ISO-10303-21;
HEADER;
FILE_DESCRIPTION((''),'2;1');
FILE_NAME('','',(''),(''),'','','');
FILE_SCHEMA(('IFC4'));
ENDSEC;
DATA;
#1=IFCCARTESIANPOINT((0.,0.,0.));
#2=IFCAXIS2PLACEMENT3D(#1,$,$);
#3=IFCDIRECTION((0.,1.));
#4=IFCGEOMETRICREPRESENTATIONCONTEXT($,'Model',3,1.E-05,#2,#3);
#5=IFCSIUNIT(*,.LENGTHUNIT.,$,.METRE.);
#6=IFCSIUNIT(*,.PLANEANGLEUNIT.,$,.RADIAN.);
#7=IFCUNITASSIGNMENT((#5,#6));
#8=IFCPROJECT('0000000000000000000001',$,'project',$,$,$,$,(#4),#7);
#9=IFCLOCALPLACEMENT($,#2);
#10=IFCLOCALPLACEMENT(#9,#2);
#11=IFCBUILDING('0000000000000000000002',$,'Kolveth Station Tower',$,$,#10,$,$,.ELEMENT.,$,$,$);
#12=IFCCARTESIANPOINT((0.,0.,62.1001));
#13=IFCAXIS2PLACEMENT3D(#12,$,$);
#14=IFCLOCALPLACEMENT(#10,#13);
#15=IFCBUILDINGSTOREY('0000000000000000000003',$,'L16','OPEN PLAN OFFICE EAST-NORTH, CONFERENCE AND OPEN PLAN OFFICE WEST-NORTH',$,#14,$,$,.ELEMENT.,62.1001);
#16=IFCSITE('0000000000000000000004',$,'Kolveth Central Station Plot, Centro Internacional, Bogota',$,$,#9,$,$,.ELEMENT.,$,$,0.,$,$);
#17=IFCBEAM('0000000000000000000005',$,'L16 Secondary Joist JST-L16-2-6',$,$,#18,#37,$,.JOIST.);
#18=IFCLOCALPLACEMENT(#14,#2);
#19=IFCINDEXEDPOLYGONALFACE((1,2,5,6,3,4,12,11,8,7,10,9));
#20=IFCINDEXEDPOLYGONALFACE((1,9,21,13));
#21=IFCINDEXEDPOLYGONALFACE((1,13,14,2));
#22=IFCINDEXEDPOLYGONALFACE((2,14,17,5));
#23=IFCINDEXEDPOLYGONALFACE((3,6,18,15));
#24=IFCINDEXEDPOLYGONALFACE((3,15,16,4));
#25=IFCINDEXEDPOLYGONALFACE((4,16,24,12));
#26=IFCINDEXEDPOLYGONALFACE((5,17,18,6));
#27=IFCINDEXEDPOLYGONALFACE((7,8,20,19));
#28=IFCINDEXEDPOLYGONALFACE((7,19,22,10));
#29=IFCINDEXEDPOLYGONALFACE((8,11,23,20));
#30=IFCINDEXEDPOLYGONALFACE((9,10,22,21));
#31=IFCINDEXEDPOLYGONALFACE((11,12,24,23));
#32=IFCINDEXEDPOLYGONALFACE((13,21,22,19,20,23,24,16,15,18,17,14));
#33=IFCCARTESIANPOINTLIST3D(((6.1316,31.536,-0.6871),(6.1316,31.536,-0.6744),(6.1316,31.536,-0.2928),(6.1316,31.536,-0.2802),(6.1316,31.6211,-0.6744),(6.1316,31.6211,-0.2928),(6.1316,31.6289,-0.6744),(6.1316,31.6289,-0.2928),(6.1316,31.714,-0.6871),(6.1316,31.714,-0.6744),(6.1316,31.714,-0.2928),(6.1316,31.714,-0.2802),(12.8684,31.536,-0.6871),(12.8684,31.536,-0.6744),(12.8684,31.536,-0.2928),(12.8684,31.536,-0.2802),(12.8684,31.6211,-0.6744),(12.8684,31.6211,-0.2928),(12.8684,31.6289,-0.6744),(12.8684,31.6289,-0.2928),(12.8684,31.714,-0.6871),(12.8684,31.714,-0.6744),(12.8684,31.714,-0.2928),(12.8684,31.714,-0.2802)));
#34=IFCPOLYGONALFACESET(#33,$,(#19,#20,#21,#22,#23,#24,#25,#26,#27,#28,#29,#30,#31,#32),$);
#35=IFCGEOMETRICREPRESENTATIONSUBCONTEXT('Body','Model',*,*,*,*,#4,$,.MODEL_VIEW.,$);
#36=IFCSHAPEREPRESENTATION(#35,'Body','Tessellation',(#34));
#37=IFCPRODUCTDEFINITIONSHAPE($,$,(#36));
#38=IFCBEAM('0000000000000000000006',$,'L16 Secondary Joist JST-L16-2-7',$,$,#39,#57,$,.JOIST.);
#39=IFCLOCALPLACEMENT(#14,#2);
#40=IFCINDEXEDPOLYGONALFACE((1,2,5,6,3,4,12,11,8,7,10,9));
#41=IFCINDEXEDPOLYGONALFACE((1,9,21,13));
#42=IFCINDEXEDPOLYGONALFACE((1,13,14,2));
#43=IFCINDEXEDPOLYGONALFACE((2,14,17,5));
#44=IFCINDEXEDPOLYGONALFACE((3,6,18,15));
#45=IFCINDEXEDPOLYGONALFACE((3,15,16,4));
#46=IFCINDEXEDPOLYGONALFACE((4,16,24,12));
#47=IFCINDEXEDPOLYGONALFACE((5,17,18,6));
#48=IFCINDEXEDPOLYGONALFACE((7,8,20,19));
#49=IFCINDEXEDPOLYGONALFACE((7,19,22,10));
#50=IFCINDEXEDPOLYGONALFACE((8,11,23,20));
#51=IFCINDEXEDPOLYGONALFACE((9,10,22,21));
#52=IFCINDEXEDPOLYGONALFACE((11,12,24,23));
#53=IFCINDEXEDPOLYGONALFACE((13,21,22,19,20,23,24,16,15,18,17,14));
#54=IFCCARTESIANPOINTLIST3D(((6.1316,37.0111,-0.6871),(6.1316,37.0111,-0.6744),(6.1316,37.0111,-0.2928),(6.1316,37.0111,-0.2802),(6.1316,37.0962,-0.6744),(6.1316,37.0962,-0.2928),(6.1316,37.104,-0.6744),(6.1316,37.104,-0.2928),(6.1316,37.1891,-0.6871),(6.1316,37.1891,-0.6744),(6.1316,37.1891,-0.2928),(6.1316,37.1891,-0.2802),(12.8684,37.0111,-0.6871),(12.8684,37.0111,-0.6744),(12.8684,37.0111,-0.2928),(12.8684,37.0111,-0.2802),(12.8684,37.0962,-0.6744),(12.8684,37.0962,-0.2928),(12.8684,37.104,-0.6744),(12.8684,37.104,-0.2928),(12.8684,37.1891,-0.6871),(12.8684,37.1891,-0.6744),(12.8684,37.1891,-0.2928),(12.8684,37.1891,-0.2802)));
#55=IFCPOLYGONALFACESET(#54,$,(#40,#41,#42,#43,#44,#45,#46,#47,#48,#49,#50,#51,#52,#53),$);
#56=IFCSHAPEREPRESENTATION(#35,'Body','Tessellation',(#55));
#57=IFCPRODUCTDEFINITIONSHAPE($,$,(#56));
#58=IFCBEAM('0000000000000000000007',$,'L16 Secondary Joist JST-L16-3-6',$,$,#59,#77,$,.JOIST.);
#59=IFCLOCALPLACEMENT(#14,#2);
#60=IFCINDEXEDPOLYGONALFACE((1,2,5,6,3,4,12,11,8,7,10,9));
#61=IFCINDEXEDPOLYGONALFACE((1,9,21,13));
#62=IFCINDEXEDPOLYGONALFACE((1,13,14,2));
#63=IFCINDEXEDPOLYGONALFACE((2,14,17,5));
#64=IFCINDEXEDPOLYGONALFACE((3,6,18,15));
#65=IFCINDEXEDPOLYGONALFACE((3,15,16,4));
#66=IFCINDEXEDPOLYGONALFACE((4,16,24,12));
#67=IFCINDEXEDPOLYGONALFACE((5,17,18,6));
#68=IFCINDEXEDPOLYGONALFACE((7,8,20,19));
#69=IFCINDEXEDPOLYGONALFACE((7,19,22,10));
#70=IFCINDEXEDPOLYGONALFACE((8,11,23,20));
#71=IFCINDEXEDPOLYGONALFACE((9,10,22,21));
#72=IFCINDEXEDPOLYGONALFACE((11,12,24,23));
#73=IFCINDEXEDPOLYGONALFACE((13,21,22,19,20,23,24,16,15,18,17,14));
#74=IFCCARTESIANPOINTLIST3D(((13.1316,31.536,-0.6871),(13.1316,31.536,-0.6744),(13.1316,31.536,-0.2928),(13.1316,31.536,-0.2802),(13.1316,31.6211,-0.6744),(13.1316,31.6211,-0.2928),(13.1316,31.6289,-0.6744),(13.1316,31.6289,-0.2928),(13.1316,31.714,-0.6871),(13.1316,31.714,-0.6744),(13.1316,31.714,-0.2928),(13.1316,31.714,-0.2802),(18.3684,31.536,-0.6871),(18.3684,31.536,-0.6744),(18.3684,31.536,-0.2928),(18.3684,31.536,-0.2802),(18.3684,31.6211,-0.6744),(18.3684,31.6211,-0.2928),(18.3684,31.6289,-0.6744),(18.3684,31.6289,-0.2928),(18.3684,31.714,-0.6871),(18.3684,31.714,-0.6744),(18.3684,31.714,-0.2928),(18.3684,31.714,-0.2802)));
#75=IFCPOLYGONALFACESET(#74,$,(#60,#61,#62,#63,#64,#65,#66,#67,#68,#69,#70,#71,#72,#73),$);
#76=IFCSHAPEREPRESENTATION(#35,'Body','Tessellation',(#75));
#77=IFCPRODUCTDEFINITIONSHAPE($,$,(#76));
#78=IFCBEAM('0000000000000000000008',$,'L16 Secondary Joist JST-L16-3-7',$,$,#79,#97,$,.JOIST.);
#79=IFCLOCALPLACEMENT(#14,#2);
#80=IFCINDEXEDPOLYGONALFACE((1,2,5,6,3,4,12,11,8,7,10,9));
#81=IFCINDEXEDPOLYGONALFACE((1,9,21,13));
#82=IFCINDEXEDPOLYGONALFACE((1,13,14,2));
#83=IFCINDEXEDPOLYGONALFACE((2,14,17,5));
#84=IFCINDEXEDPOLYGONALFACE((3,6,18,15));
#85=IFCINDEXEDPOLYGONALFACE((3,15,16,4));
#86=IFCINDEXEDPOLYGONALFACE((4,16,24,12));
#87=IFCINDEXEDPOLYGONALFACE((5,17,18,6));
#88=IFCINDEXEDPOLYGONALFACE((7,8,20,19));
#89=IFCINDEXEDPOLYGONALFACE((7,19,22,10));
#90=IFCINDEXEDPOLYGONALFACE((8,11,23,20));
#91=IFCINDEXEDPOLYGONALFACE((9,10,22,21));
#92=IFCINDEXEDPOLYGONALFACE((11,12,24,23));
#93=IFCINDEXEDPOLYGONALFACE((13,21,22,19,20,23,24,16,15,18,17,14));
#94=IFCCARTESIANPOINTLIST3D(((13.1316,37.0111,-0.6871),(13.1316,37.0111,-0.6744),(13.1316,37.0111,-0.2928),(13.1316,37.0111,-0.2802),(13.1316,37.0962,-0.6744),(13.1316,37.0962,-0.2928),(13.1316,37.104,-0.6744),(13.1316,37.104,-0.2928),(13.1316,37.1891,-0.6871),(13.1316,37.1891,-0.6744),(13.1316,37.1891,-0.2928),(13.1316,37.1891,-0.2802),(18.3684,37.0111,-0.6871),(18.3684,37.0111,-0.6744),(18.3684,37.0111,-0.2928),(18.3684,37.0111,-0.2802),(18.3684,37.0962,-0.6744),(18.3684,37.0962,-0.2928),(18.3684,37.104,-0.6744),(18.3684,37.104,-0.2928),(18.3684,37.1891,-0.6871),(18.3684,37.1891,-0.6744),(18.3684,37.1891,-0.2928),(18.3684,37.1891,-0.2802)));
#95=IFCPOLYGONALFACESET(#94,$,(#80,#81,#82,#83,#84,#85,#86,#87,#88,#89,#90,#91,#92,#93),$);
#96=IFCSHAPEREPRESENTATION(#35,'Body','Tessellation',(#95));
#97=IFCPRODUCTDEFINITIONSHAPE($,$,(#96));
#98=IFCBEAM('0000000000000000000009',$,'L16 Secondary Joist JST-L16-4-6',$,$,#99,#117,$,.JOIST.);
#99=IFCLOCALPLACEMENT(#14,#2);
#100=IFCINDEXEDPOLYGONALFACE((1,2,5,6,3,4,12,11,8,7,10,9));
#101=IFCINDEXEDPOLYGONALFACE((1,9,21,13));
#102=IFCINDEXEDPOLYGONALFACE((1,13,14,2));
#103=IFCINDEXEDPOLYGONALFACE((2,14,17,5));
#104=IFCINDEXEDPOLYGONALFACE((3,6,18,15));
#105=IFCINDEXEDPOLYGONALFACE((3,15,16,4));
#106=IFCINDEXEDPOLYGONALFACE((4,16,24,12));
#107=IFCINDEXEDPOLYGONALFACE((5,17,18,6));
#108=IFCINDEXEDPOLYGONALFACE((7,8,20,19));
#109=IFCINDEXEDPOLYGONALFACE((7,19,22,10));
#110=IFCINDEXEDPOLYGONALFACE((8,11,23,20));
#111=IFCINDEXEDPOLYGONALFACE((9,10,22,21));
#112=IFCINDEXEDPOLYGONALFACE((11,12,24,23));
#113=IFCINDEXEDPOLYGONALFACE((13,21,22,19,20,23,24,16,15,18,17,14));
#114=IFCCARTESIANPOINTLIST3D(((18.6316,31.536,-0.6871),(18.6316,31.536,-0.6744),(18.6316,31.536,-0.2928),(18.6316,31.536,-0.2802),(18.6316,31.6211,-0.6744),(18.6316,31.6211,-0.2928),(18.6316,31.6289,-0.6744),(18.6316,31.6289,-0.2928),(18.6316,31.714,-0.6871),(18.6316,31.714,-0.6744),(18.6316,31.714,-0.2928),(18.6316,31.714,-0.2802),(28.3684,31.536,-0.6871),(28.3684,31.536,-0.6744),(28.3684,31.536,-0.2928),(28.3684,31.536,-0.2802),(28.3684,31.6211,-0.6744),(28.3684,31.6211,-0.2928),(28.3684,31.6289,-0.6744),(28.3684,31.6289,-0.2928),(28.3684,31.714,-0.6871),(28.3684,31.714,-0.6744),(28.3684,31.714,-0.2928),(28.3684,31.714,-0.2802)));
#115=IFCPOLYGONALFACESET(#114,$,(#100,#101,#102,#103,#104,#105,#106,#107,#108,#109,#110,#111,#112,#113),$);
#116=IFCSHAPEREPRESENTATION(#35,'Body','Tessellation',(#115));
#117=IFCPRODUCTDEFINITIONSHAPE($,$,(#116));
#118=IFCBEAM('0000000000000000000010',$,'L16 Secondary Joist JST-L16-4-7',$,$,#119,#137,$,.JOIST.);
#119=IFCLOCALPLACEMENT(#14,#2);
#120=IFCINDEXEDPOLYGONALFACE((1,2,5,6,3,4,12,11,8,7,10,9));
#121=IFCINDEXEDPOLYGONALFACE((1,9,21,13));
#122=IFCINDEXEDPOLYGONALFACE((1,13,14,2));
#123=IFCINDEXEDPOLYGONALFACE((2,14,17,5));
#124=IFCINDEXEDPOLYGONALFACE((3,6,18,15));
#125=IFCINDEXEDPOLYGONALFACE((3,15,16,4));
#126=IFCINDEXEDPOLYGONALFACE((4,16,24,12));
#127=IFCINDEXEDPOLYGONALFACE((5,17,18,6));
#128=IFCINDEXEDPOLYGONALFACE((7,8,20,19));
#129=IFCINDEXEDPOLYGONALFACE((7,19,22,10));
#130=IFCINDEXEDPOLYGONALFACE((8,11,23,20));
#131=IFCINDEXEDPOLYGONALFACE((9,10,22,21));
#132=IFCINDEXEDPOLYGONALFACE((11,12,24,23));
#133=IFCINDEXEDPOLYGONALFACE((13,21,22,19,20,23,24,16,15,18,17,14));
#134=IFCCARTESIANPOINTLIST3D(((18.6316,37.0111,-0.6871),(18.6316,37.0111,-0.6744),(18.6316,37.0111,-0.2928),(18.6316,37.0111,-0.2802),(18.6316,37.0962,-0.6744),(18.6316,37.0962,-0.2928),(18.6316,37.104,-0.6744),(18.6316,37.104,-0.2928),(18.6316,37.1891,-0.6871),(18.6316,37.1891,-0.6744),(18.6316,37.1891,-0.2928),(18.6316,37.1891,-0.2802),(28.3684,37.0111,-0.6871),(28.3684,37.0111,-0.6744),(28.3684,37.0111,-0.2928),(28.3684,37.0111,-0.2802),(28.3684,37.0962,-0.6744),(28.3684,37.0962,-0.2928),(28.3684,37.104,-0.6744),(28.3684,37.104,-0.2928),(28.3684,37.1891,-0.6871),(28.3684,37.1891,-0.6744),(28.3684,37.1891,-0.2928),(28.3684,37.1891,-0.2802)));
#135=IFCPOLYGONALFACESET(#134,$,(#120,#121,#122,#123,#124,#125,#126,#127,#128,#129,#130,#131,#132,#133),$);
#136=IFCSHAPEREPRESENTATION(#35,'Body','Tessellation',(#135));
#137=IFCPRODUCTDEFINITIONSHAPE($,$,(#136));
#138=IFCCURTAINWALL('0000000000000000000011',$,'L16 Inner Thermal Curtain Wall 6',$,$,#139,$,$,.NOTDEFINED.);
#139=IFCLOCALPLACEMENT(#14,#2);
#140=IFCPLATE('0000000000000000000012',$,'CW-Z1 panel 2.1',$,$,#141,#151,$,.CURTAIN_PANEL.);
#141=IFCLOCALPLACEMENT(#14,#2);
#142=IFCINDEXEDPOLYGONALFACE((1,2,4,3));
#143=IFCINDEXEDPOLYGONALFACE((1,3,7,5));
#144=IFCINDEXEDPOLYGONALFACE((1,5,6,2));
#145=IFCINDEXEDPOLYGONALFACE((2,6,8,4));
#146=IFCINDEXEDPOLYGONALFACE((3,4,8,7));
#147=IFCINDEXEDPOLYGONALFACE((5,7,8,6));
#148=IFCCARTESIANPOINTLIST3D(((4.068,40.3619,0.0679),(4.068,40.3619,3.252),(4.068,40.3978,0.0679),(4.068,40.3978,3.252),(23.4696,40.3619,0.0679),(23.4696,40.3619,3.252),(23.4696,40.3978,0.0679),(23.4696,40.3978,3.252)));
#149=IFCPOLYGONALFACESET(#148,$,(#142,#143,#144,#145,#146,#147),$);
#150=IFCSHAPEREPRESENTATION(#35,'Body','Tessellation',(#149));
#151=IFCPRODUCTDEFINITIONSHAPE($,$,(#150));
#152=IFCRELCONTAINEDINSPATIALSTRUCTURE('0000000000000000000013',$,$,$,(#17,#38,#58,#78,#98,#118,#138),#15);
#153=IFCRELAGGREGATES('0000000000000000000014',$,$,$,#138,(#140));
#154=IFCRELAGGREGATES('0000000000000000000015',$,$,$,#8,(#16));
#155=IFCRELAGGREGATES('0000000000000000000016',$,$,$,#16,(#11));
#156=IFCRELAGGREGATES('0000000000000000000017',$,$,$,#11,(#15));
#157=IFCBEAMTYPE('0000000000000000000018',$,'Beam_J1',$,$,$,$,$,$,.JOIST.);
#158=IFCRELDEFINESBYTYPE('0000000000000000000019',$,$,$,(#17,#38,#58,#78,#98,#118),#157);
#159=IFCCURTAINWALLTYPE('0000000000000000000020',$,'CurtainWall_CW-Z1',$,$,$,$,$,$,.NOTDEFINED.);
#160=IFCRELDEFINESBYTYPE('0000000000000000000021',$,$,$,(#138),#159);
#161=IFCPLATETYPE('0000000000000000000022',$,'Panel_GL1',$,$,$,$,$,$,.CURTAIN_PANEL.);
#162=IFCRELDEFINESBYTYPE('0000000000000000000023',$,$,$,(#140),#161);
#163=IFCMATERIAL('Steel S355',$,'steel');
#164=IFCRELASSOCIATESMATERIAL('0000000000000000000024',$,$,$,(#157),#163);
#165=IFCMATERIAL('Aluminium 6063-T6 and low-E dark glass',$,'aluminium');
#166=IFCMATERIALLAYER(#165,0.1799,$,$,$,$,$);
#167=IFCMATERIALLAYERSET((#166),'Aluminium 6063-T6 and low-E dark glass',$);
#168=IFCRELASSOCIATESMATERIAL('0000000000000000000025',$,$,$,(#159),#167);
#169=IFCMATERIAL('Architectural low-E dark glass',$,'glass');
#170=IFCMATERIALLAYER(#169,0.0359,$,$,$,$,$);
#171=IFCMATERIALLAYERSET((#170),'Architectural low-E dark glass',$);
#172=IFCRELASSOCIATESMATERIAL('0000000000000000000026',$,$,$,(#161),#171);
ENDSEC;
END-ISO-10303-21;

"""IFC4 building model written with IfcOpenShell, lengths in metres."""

from ifc_helpers import new_model, si_unit, direction, frame, origin, origin_2d, place, context, subcontext, project, spatial, rectangle, i_section, extrude, source, transform, mapped, material, layer, layer_set, material_profile, profile_set, type_object, element, aggregate, save


model = new_model("IFC4")

# Units and contexts
model_context = context("Model", 3, precision=1e-05, world=origin(), true_north=direction((0.0, 1.0)))
body_context = subcontext(model_context, "Body", "Model", "MODEL_VIEW")
ifc_project = project(units=[si_unit("LENGTHUNIT", "METRE"), si_unit("PLANEANGLEUNIT", "RADIAN")], contexts=[model_context])

# Site, building, storey
site_placement = place(None, origin())
site = spatial("IfcSite", under=ifc_project, at=site_placement, Name="Kolveth Central Station Plot, Centro Internacional, Bogota", CompositionType="ELEMENT", RefElevation=0.0)
building_placement = place(site_placement, origin())
building = spatial("IfcBuilding", under=site, at=building_placement, Name="Kolveth Station Tower", CompositionType="ELEMENT")
storey_placement = place(building_placement, frame((0.0, 0.0, 62.1001)))
storey = spatial("IfcBuildingStorey", under=building, at=storey_placement, Name="L16", Description="OPEN PLAN OFFICE EAST-NORTH, CONFERENCE AND OPEN PLAN OFFICE WEST-NORTH", CompositionType="ELEMENT", Elevation=62.1001)

# Shared definitions
ifc_material_1 = material(Name="Steel S355", Category="steel")

# Beams
ifc_material_profile_1 = material_profile(ifc_material_1, i_section(OverallWidth=0.178, OverallDepth=0.407, WebThickness=0.0078, FlangeThickness=0.0127, at=origin_2d()), Name="W410x60")
ifc_profile_set_1 = profile_set([ifc_material_profile_1], Name="Steel S355")
beam_type_1 = type_object("IfcBeamType", Name="Beam_J1", PredefinedType="JOIST", material=ifc_profile_set_1)
shared_shape_1 = source(origin(), body_context, "Body", "SweptSolid", [
    extrude(i_section(OverallWidth=0.178, OverallDepth=0.407, WebThickness=0.0078, FlangeThickness=0.0127, at=origin_2d()), origin(), (0.0, 0.0, 1.0), 6.7368),
])
for number, where, z_axis, x_axis, name in (
    (1, (6.1316, 31.625, -0.4836), (1.0, 0.0, 0.0), (0.0, 1.0, 0.0), "L16 Secondary Joist JST-L16-2-6"),
    (2, (6.1316, 37.1001, -0.4836), (1.0, 0.0, 0.0), (0.0, 1.0, 0.0), "L16 Secondary Joist JST-L16-2-7"),
):
    element("IfcBeam", number, at=place(storey_placement, frame(where, z_axis=z_axis, x_axis=x_axis)), inside=storey, type_object=beam_type_1, Name=name, PredefinedType="JOIST", context=body_context, shape_type="MappedRepresentation", body=[
        mapped(shared_shape_1, transform((0.0, 0.0, 0.0), x_axis=(1.0, 0.0, 0.0), y_axis=(0.0, 1.0, 0.0), z_axis=(0.0, 0.0, 1.0), scale=1.0)),
    ])
shared_shape_2 = source(origin(), body_context, "Body", "SweptSolid", [
    extrude(i_section(OverallWidth=0.178, OverallDepth=0.407, WebThickness=0.0078, FlangeThickness=0.0127, at=origin_2d()), origin(), (0.0, 0.0, 1.0), 5.2368),
])
for number, where, z_axis, x_axis, name in (
    (3, (13.1316, 31.625, -0.4836), (1.0, 0.0, 0.0), (0.0, 1.0, 0.0), "L16 Secondary Joist JST-L16-3-6"),
    (4, (13.1316, 37.1001, -0.4836), (1.0, 0.0, 0.0), (0.0, 1.0, 0.0), "L16 Secondary Joist JST-L16-3-7"),
):
    element("IfcBeam", number, at=place(storey_placement, frame(where, z_axis=z_axis, x_axis=x_axis)), inside=storey, type_object=beam_type_1, Name=name, PredefinedType="JOIST", context=body_context, shape_type="MappedRepresentation", body=[
        mapped(shared_shape_2, transform((0.0, 0.0, 0.0), x_axis=(1.0, 0.0, 0.0), y_axis=(0.0, 1.0, 0.0), z_axis=(0.0, 0.0, 1.0), scale=1.0)),
    ])
shared_shape_3 = source(origin(), body_context, "Body", "SweptSolid", [
    extrude(i_section(OverallWidth=0.178, OverallDepth=0.407, WebThickness=0.0078, FlangeThickness=0.0127, at=origin_2d()), origin(), (0.0, 0.0, 1.0), 9.7368),
])
for number, where, z_axis, x_axis, name in (
    (5, (18.6316, 31.625, -0.4836), (1.0, 0.0, 0.0), (0.0, 1.0, 0.0), "L16 Secondary Joist JST-L16-4-6"),
    (6, (18.6316, 37.1001, -0.4836), (1.0, 0.0, 0.0), (0.0, 1.0, 0.0), "L16 Secondary Joist JST-L16-4-7"),
):
    element("IfcBeam", number, at=place(storey_placement, frame(where, z_axis=z_axis, x_axis=x_axis)), inside=storey, type_object=beam_type_1, Name=name, PredefinedType="JOIST", context=body_context, shape_type="MappedRepresentation", body=[
        mapped(shared_shape_3, transform((0.0, 0.0, 0.0), x_axis=(1.0, 0.0, 0.0), y_axis=(0.0, 1.0, 0.0), z_axis=(0.0, 0.0, 1.0), scale=1.0)),
    ])

# Curtain wall, plate
ifc_material_2 = material(Name="Aluminium 6063-T6 and low-E dark glass", Category="aluminium")
ifc_layer_1 = layer(ifc_material_2, 0.1799)
ifc_layer_set_1 = layer_set([ifc_layer_1], Name="Aluminium 6063-T6 and low-E dark glass")
curtain_wall_type = type_object("IfcCurtainWallType", Name="CurtainWall_CW-Z1", PredefinedType="NOTDEFINED", material=ifc_layer_set_1)
curtain_wall_placement = place(storey_placement, origin())
curtain_wall = element("IfcCurtainWall", 7, at=curtain_wall_placement, inside=storey, type_object=curtain_wall_type, Name="L16 Inner Thermal Curtain Wall 6", PredefinedType="NOTDEFINED")
ifc_material_3 = material(Name="Architectural low-E dark glass", Category="glass")
ifc_layer_2 = layer(ifc_material_3, 0.0359)
ifc_layer_set_2 = layer_set([ifc_layer_2], Name="Architectural low-E dark glass")
plate_type = type_object("IfcPlateType", Name="Panel_GL1", PredefinedType="CURTAIN_PANEL", material=ifc_layer_set_2)
shared_shape_4 = source(origin(), body_context, "Body", "SweptSolid", [
    extrude(rectangle(XDim=19.4016, YDim=0.0359, at=origin_2d()), origin(), (0.0, 0.0, 1.0), 3.1841),
])
plate_placement = place(storey_placement, frame((13.7688, 40.3799, 0.0679), z_axis=(0.0, 0.0, 1.0), x_axis=(-1.0, 0.0, 0.0)))
plate = element("IfcPlate", 8, at=plate_placement, type_object=plate_type, Name="CW-Z1 panel 2.1", PredefinedType="CURTAIN_PANEL", context=body_context, shape_type="MappedRepresentation", body=[
    mapped(shared_shape_4, transform((0.0, 0.0, 0.0), x_axis=(1.0, 0.0, 0.0), y_axis=(0.0, 1.0, 0.0), z_axis=(0.0, 0.0, 1.0), scale=1.0)),
])
aggregate(curtain_wall, [plate])

save(model, "model.ifc")
